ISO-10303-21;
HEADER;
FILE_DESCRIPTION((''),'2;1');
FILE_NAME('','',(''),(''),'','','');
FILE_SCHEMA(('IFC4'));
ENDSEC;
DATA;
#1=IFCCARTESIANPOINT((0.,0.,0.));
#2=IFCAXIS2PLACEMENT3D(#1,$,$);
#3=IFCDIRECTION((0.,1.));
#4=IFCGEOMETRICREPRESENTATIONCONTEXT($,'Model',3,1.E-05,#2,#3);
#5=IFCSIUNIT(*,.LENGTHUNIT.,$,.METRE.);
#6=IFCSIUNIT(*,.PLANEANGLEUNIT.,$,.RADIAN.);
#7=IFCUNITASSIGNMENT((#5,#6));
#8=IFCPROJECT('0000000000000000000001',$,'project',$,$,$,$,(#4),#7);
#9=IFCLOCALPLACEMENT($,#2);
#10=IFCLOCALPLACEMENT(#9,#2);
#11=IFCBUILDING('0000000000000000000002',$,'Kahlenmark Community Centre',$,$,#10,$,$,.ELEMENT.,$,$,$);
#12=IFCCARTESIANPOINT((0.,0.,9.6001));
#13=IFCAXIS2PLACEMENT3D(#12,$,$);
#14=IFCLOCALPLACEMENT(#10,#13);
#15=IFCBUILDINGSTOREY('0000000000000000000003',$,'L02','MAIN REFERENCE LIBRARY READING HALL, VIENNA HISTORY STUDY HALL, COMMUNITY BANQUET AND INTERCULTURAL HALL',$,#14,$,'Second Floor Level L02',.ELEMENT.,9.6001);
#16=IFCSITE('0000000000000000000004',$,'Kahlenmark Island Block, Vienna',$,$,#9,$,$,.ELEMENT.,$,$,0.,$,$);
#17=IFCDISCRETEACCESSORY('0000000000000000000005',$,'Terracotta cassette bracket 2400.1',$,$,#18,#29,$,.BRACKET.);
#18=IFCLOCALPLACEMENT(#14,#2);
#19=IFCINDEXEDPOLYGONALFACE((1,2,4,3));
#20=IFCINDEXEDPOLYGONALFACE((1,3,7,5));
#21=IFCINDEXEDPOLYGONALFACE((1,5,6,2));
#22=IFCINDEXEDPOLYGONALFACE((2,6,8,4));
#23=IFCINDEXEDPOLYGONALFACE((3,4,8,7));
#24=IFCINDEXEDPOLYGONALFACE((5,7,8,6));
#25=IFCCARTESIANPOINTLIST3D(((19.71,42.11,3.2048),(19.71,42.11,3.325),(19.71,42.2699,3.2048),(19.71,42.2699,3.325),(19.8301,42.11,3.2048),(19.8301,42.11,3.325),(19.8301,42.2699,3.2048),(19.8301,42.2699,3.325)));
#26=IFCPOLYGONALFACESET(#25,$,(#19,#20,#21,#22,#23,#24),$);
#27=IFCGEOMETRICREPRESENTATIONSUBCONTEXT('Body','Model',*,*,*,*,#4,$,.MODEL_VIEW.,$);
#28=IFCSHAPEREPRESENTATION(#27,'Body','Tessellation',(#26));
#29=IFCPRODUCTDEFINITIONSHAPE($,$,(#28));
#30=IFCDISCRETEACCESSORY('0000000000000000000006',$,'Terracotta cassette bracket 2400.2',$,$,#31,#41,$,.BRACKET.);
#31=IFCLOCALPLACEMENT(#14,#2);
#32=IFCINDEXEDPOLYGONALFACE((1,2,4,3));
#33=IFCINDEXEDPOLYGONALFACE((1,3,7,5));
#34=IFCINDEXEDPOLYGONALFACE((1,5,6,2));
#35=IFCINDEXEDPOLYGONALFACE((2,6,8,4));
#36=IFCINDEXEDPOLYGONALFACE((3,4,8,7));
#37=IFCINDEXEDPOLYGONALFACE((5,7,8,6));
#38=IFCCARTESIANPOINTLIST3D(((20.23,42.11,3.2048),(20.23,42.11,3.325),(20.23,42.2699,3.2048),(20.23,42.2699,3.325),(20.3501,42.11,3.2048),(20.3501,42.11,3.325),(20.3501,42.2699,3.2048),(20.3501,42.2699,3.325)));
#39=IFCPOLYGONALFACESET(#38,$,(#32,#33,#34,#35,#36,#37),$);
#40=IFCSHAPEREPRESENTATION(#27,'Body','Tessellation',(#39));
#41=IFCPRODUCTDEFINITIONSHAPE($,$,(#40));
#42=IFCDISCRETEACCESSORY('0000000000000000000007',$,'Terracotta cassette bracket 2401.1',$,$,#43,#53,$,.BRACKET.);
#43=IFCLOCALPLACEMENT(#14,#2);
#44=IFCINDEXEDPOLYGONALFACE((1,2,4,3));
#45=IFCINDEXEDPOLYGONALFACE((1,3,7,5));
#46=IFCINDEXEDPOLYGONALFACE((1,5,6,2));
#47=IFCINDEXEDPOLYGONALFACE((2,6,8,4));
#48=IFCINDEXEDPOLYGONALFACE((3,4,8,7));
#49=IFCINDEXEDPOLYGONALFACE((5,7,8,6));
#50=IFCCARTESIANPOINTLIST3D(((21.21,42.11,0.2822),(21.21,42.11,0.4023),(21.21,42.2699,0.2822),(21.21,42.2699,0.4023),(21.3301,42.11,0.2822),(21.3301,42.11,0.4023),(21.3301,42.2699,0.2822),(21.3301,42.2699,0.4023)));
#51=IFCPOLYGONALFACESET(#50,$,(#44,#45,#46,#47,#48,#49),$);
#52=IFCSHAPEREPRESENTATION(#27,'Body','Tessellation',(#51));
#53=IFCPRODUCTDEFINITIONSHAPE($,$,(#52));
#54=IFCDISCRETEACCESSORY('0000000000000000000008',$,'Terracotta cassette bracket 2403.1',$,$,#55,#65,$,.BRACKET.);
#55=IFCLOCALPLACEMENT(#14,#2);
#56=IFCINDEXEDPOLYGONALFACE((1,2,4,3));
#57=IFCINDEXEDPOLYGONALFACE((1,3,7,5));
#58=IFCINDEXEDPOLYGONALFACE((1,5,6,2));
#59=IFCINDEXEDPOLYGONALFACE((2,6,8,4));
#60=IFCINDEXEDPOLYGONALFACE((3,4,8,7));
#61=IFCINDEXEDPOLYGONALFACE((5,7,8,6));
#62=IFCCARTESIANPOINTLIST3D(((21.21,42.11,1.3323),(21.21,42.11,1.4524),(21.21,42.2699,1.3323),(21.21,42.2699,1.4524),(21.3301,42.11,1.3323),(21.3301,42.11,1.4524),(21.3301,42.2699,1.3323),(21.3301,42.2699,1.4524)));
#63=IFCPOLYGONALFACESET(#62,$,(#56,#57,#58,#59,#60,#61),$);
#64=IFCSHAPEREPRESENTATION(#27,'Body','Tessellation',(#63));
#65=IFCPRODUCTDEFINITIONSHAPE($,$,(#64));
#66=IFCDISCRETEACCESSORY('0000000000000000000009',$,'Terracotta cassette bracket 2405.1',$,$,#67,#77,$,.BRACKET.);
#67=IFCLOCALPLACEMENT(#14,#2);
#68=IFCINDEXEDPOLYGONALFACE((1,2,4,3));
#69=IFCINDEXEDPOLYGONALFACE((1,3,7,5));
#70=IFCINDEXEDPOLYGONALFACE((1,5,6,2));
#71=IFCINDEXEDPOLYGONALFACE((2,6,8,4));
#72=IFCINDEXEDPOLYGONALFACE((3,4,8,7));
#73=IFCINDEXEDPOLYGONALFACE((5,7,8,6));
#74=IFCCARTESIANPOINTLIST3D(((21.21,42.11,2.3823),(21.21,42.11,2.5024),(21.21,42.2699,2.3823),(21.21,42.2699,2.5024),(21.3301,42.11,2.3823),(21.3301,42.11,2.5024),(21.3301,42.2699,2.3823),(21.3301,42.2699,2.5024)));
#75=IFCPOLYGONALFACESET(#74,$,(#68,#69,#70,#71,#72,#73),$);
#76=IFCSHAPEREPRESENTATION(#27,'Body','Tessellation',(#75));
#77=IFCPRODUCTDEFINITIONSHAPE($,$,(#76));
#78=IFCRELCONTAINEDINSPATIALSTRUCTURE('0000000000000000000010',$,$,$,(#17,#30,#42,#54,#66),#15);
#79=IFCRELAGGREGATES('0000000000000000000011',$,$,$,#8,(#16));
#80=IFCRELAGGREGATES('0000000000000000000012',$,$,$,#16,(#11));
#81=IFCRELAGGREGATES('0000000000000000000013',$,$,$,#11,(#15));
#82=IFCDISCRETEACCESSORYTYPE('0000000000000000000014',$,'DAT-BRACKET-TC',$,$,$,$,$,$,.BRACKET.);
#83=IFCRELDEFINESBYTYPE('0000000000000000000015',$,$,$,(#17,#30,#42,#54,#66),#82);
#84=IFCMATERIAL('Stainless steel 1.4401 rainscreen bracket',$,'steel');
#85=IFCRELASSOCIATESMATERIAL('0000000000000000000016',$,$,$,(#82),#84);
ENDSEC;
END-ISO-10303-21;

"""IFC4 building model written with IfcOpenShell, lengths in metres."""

from ifc_helpers import new_model, si_unit, direction, frame, origin, origin_2d, place, context, subcontext, project, spatial, rectangle, extrude, material, type_object, element, save


model = new_model("IFC4")

# Units and contexts
model_context = context("Model", 3, precision=1e-05, world=origin(), true_north=direction((0.0, 1.0)))
body_context = subcontext(model_context, "Body", "Model", "MODEL_VIEW")
ifc_project = project(units=[si_unit("LENGTHUNIT", "METRE"), si_unit("PLANEANGLEUNIT", "RADIAN")], contexts=[model_context])

# Site, building, storey
site_placement = place(None, origin())
site = spatial("IfcSite", under=ifc_project, at=site_placement, Name="Kahlenmark Island Block, Vienna", CompositionType="ELEMENT", RefElevation=0.0)
building_placement = place(site_placement, origin())
building = spatial("IfcBuilding", under=site, at=building_placement, Name="Kahlenmark Community Centre", CompositionType="ELEMENT")
storey_placement = place(building_placement, frame((0.0, 0.0, 9.6001)))
storey = spatial("IfcBuildingStorey", under=building, at=storey_placement, Name="L02", Description="MAIN REFERENCE LIBRARY READING HALL, VIENNA HISTORY STUDY HALL, COMMUNITY BANQUET AND INTERCULTURAL HALL", LongName="Second Floor Level L02", CompositionType="ELEMENT", Elevation=9.6001)

# Discrete accessories
ifc_material_1 = material(Name="Stainless steel 1.4401 rainscreen bracket", Category="steel")
discrete_accessory_type = type_object("IfcDiscreteAccessoryType", Name="DAT-BRACKET-TC", PredefinedType="BRACKET", material=ifc_material_1)
for number, where, z_axis, x_axis, name in (
    (1, (19.77, 42.1899, 3.2048), (0.0, 0.0, 1.0), (1.0, 0.0, 0.0), "Terracotta cassette bracket 2400.1"),
    (2, (20.29, 42.1899, 3.2048), (0.0, 0.0, 1.0), (1.0, 0.0, 0.0), "Terracotta cassette bracket 2400.2"),
    (3, (21.27, 42.1899, 0.2822), (0.0, 0.0, 1.0), (1.0, 0.0, 0.0), "Terracotta cassette bracket 2401.1"),
    (4, (21.27, 42.1899, 1.3323), (0.0, 0.0, 1.0), (1.0, 0.0, 0.0), "Terracotta cassette bracket 2403.1"),
    (5, (21.27, 42.1899, 2.3823), (0.0, 0.0, 1.0), (1.0, 0.0, 0.0), "Terracotta cassette bracket 2405.1"),
):
    element("IfcDiscreteAccessory", number, at=place(storey_placement, frame(where, z_axis=z_axis, x_axis=x_axis)), inside=storey, type_object=discrete_accessory_type, Name=name, PredefinedType="BRACKET", context=body_context, shape_type="SweptSolid", body=[
        extrude(rectangle(XDim=0.1201, YDim=0.1599, at=origin_2d()), origin(), (0.0, 0.0, 1.0), 0.1201),
    ])

save(model, "model.ifc")
